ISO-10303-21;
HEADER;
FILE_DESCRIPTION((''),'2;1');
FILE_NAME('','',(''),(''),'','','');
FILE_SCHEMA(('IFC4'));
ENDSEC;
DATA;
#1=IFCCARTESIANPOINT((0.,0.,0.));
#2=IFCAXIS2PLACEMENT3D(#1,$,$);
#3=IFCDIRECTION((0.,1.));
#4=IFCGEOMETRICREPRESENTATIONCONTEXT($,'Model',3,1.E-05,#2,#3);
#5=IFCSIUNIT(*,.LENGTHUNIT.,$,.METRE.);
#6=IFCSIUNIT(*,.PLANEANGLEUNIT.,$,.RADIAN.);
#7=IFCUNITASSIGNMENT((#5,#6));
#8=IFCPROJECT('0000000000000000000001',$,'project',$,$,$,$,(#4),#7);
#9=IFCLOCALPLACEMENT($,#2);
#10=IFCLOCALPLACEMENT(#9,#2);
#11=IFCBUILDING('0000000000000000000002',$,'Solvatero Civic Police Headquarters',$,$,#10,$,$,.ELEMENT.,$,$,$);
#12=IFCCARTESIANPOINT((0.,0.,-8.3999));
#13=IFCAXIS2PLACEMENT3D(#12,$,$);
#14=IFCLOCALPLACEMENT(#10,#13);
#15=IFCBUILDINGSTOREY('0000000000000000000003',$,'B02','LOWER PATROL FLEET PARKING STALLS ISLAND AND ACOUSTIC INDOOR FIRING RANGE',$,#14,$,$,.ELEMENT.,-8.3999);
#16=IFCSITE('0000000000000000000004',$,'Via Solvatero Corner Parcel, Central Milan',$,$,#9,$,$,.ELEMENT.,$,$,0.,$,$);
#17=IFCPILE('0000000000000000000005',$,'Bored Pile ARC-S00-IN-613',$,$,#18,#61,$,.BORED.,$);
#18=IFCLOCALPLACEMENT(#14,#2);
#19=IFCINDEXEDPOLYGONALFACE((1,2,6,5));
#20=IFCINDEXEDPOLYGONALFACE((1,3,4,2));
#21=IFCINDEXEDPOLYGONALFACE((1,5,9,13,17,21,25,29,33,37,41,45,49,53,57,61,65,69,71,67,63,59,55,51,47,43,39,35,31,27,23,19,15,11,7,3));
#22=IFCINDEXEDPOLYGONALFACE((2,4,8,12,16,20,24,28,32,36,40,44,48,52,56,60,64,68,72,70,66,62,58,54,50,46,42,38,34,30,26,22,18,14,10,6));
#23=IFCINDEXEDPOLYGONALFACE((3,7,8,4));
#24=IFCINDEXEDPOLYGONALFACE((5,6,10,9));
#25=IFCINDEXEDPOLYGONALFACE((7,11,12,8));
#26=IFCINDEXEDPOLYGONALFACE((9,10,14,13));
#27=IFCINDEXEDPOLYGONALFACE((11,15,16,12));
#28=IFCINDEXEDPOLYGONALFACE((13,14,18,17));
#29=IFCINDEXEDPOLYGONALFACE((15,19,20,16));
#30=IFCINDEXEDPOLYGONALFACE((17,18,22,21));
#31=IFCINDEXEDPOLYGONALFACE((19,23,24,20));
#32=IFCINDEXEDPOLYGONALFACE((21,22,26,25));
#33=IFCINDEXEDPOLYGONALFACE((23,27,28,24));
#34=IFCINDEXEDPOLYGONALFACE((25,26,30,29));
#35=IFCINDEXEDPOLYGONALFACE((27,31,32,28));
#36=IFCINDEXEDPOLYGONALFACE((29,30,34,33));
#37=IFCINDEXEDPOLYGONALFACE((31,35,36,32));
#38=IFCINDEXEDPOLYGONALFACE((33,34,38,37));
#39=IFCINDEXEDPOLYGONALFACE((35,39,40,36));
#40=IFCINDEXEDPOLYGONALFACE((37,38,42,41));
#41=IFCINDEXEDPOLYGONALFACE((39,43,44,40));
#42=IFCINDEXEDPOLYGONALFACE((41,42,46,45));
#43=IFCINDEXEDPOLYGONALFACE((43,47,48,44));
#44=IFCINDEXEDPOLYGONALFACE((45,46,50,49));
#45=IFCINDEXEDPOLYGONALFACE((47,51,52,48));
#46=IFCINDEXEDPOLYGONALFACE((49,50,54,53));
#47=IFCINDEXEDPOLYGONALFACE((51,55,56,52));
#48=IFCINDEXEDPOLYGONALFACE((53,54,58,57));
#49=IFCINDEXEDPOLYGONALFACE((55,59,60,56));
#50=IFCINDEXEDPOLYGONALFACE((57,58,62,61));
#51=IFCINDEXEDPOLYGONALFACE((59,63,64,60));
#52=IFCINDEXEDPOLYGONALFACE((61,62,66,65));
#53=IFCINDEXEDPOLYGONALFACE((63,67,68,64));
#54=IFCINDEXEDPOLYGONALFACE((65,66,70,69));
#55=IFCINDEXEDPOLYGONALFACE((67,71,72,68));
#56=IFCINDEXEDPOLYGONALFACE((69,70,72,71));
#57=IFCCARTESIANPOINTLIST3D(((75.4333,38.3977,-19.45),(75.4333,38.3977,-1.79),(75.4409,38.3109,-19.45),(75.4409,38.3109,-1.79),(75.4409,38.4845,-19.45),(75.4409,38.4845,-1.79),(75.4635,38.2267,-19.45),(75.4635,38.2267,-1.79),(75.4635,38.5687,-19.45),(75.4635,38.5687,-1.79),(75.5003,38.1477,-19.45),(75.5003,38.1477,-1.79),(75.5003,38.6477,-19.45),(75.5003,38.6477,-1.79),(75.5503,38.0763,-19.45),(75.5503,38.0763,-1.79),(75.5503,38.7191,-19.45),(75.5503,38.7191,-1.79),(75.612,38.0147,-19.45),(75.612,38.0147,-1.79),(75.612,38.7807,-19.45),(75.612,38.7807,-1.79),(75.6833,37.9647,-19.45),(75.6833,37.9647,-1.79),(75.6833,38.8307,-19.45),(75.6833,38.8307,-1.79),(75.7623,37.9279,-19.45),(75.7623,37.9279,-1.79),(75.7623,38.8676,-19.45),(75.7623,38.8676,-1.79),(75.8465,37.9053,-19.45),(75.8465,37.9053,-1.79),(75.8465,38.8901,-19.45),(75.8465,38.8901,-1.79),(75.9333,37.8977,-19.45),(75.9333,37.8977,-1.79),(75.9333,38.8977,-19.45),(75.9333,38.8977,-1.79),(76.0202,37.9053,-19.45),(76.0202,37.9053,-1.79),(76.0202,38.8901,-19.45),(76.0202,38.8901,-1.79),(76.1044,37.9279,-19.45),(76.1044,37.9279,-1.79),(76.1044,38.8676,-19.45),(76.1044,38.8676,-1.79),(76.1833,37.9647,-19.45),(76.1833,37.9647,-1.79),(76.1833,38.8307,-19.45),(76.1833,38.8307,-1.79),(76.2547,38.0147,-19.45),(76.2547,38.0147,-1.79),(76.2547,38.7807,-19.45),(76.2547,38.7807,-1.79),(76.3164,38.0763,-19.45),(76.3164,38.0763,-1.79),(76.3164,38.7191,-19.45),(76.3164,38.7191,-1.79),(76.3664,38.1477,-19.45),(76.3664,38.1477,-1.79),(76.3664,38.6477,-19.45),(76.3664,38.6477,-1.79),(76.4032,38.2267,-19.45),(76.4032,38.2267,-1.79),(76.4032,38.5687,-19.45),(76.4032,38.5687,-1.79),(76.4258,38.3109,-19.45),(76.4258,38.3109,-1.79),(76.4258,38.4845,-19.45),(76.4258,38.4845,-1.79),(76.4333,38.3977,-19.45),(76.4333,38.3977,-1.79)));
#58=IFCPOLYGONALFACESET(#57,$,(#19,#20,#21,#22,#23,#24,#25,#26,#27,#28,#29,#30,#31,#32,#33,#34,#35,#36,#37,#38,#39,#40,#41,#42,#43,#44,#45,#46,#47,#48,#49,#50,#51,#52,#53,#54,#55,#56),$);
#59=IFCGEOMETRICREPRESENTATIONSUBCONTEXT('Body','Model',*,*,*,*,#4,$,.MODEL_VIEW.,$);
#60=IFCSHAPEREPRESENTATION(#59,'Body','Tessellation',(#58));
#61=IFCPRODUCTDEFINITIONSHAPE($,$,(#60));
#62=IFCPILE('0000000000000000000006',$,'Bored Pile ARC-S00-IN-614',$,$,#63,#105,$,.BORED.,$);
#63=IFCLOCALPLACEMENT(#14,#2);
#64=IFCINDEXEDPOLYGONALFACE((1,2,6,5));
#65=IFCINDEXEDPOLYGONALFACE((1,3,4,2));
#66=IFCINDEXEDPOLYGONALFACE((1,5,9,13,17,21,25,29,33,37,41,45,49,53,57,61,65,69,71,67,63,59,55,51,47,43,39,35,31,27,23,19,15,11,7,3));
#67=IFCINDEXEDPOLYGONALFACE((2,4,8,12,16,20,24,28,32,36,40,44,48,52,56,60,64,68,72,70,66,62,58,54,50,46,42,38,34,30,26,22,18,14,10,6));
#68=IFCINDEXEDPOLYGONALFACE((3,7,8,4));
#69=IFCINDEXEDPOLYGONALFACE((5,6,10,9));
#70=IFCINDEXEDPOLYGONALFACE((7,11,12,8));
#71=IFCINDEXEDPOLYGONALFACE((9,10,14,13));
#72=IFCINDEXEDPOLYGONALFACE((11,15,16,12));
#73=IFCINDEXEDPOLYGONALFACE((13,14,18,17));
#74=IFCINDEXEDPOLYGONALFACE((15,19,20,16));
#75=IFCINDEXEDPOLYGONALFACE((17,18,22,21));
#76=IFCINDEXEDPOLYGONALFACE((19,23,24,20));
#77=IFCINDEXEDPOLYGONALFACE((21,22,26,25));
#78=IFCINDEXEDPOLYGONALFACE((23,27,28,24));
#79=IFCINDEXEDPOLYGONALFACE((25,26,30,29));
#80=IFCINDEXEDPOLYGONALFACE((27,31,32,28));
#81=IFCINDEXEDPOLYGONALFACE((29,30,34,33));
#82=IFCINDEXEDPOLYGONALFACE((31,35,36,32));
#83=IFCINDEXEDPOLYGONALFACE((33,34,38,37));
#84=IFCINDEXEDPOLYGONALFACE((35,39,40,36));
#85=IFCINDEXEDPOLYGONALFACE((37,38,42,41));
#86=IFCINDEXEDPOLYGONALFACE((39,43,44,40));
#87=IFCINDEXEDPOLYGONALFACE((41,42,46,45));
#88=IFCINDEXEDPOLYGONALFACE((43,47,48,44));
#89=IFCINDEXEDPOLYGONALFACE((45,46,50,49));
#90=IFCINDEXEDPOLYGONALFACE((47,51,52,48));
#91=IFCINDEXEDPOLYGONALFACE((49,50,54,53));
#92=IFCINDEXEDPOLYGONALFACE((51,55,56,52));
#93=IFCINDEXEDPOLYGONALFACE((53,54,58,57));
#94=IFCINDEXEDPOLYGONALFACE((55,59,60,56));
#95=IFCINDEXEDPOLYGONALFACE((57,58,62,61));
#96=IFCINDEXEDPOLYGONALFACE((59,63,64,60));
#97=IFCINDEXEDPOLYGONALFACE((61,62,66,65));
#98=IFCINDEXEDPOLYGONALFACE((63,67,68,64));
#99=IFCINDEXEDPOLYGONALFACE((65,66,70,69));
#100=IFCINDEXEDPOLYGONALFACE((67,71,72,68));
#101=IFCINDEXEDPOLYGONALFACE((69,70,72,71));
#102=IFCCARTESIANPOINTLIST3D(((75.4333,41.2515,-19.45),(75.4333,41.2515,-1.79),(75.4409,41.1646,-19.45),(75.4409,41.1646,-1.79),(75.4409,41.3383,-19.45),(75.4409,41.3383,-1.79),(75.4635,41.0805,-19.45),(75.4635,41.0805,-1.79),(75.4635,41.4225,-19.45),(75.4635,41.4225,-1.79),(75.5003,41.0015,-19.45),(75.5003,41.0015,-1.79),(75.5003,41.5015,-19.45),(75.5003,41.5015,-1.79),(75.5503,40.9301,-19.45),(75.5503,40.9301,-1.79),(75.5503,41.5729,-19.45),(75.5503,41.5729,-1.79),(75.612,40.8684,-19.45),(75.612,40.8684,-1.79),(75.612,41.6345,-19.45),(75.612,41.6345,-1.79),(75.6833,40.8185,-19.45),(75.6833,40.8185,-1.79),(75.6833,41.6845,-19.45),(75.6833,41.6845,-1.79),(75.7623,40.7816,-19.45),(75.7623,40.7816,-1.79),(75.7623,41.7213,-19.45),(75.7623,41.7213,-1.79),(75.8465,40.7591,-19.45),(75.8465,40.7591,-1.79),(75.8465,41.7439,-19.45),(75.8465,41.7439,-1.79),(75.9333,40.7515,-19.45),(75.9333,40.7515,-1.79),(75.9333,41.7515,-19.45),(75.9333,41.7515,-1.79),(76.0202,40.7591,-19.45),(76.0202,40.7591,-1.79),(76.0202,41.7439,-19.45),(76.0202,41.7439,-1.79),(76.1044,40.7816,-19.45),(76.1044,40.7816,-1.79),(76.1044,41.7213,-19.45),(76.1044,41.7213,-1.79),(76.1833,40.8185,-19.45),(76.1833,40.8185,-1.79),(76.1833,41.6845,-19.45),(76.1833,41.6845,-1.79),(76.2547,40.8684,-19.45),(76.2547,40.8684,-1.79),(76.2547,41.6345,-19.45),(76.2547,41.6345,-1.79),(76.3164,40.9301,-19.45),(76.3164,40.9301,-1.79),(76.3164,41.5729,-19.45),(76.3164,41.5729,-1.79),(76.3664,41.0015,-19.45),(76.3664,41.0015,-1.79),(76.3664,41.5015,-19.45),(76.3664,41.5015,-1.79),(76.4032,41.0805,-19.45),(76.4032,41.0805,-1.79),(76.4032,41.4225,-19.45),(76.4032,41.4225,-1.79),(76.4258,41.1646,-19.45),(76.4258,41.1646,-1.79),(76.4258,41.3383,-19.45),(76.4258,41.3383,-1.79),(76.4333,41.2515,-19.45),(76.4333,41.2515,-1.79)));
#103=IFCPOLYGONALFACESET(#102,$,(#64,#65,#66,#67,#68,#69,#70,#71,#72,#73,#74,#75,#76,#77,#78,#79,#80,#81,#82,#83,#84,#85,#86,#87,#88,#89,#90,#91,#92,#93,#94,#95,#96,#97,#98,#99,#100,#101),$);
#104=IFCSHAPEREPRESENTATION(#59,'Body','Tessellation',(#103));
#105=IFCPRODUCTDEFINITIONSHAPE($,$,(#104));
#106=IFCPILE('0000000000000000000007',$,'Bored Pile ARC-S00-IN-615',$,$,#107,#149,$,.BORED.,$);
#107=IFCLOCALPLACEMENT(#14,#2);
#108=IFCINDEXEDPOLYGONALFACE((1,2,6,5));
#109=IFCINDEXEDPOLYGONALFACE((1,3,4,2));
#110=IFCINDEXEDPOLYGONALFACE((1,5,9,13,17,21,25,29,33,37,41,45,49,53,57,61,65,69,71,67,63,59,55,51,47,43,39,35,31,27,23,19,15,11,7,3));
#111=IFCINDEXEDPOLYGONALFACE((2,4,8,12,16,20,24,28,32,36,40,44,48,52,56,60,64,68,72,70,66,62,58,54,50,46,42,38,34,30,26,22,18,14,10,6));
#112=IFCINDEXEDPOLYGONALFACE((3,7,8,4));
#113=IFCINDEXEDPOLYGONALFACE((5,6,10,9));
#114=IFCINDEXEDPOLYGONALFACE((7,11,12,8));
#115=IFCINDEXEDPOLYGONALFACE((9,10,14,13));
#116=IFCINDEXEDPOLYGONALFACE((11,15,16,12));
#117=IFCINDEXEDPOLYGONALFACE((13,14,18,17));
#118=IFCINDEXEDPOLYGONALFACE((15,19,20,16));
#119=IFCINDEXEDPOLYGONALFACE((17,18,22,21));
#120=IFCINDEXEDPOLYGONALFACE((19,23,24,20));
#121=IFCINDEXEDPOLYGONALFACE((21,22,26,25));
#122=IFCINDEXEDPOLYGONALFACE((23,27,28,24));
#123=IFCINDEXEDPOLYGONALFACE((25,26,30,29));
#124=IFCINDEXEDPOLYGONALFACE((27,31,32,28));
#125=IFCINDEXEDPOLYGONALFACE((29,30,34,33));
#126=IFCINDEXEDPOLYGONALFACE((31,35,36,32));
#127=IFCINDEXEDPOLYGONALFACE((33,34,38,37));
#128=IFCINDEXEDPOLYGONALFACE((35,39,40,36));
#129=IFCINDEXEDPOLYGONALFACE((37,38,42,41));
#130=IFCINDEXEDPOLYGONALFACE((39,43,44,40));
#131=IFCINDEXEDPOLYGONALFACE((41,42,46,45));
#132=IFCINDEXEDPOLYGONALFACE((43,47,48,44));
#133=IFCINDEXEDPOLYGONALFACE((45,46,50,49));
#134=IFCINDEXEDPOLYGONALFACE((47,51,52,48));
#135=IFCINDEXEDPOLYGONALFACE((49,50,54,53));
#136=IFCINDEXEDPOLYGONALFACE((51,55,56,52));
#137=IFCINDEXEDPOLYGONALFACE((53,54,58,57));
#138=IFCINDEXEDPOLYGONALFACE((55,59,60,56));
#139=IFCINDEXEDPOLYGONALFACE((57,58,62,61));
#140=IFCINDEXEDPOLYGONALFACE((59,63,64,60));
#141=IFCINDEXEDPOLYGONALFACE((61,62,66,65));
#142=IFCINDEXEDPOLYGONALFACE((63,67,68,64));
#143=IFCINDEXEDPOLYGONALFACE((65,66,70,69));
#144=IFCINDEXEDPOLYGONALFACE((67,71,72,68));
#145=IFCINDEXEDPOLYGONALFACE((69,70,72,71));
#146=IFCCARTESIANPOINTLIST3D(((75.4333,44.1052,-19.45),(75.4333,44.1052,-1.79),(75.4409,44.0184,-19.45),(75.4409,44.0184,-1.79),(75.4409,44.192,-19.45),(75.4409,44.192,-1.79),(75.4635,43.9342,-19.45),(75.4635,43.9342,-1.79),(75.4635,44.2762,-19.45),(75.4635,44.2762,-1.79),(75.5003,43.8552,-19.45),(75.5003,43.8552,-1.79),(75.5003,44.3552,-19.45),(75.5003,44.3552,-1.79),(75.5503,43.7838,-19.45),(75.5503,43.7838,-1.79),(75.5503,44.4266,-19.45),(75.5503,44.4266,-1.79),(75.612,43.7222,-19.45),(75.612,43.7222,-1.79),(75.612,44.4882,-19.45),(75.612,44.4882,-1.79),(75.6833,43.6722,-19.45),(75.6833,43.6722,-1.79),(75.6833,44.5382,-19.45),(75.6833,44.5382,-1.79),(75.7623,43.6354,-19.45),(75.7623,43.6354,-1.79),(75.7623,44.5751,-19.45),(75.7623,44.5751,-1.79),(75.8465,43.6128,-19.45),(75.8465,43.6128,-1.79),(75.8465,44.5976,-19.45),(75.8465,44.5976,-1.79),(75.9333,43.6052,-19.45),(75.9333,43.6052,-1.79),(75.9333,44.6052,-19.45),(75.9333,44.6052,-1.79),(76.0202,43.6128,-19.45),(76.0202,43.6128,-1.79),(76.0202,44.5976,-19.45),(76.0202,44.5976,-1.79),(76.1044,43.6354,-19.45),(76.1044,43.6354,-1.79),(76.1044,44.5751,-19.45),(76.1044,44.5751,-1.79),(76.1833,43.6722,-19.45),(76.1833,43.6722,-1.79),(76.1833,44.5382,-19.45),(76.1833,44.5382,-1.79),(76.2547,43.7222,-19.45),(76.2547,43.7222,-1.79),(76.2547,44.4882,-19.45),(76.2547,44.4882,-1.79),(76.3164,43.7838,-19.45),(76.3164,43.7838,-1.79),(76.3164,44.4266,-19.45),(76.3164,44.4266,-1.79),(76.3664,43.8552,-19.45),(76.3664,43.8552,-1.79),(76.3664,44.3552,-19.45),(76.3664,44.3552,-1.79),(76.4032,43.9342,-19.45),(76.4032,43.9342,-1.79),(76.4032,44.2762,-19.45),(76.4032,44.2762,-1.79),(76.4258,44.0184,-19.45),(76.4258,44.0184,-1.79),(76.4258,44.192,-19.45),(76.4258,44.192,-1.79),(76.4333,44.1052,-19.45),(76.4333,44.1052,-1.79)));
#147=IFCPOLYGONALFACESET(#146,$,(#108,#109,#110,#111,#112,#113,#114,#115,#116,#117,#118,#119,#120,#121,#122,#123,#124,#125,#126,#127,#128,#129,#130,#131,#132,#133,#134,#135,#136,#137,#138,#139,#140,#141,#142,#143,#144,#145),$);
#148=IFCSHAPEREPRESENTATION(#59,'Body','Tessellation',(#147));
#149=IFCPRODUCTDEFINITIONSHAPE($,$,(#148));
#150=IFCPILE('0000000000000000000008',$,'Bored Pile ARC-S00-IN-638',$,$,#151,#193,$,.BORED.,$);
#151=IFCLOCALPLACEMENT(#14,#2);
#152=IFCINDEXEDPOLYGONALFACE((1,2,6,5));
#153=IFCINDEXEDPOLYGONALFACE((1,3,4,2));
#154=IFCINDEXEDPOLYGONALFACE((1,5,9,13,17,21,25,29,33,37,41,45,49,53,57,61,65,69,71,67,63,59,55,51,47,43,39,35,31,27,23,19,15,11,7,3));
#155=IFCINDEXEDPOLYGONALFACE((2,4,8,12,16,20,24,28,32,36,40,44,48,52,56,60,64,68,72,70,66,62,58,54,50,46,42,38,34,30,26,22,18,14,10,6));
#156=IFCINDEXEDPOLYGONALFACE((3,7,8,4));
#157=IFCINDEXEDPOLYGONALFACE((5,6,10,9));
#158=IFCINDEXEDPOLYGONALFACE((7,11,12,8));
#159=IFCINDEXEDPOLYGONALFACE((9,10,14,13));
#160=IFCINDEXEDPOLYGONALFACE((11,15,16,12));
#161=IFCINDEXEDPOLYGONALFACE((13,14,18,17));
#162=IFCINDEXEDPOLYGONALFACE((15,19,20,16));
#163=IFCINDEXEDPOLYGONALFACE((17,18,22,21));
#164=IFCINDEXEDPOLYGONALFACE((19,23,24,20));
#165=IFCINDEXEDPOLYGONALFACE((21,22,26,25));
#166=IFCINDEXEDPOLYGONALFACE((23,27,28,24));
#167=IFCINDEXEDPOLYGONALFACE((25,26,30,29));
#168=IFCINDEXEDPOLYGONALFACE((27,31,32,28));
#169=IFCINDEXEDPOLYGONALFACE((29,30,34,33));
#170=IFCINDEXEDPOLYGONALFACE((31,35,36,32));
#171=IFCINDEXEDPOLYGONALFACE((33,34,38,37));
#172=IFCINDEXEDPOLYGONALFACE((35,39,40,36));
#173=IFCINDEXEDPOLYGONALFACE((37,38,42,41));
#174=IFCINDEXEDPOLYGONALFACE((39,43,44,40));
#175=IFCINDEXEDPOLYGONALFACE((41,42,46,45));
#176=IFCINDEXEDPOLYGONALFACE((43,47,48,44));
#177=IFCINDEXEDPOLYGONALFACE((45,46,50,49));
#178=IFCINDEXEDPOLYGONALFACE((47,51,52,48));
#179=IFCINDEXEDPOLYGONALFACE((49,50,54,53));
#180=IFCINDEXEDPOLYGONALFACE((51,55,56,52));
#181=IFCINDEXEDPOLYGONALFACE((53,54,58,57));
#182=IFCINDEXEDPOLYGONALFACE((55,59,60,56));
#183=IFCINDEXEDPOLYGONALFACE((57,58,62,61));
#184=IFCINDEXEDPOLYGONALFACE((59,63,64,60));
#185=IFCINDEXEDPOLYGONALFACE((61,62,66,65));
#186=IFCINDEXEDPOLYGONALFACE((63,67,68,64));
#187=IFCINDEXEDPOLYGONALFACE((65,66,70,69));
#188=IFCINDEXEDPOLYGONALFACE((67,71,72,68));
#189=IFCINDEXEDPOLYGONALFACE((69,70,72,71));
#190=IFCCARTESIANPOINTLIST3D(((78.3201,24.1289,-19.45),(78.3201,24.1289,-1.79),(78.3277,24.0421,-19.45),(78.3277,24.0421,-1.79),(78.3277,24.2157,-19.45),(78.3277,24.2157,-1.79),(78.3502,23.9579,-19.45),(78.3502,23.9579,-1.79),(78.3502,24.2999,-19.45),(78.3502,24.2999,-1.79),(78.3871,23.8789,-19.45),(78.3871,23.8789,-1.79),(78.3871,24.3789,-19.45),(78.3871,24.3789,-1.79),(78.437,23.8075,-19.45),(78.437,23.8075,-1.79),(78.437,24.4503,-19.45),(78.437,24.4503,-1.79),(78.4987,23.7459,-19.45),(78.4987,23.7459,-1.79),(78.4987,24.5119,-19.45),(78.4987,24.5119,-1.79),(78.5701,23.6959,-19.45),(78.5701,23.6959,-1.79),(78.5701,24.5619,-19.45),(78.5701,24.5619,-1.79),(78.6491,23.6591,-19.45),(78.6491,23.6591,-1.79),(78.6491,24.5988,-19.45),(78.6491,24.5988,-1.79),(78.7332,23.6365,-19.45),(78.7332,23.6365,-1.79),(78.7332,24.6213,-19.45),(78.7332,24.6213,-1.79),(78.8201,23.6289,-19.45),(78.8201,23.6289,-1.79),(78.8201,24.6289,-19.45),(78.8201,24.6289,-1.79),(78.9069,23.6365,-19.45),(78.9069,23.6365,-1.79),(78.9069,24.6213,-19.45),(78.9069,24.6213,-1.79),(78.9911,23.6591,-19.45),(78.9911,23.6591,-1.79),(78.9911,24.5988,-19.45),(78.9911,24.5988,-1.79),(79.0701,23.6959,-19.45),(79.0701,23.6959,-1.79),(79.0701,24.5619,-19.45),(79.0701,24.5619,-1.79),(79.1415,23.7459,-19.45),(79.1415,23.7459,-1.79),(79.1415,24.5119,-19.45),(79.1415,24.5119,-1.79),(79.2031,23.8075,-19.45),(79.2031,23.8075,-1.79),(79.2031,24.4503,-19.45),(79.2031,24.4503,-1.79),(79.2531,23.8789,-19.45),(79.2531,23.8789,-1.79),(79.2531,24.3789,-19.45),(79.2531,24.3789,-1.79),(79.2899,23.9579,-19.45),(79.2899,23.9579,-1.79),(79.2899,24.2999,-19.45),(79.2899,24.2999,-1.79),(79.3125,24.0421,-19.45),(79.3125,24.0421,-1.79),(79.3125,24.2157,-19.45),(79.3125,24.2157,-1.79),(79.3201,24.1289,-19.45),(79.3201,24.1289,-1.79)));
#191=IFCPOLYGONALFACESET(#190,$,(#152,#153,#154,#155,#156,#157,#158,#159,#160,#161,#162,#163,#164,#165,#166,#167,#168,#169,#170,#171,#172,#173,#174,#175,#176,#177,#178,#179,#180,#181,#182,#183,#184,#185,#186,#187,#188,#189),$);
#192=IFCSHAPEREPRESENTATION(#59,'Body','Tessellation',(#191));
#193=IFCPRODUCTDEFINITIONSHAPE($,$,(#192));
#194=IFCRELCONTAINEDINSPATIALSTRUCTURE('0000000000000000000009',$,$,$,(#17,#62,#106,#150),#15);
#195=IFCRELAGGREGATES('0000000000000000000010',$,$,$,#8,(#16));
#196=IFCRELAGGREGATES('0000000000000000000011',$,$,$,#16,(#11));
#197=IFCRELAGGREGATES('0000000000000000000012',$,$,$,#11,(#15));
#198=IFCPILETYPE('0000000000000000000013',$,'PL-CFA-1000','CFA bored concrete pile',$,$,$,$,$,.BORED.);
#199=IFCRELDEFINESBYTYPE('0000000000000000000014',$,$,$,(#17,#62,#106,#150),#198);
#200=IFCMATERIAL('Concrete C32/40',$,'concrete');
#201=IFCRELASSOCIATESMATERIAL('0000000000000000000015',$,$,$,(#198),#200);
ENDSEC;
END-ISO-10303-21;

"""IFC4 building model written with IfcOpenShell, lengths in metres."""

from ifc_helpers import new_model, si_unit, direction, frame, origin, origin_2d, place, context, subcontext, project, spatial, circle, extrude, material, material_profile, profile_set, type_object, element, save


model = new_model("IFC4")

# Units and contexts
model_context = context("Model", 3, precision=1e-05, world=origin(), true_north=direction((0.0, 1.0)))
body_context = subcontext(model_context, "Body", "Model", "MODEL_VIEW")
ifc_project = project(units=[si_unit("LENGTHUNIT", "METRE"), si_unit("PLANEANGLEUNIT", "RADIAN")], contexts=[model_context])

# Site, building, storey
site_placement = place(None, origin())
site = spatial("IfcSite", under=ifc_project, at=site_placement, Name="Via Solvatero Corner Parcel, Central Milan", CompositionType="ELEMENT", RefElevation=0.0)
building_placement = place(site_placement, origin())
building = spatial("IfcBuilding", under=site, at=building_placement, Name="Solvatero Civic Police Headquarters", CompositionType="ELEMENT")
storey_placement = place(building_placement, frame((0.0, 0.0, -8.3999)))
storey = spatial("IfcBuildingStorey", under=building, at=storey_placement, Name="B02", Description="LOWER PATROL FLEET PARKING STALLS ISLAND AND ACOUSTIC INDOOR FIRING RANGE", CompositionType="ELEMENT", Elevation=-8.3999)

# Piles
ifc_material_1 = material(Name="Concrete C32/40", Category="concrete")
ifc_material_profile_1 = material_profile(ifc_material_1, circle(Radius=0.5, at=origin_2d()), Name="CFA PILE D1000")
ifc_profile_set_1 = profile_set([ifc_material_profile_1], Name="Concrete C32/40")
pile_type = type_object("IfcPileType", Name="PL-CFA-1000", Description="CFA bored concrete pile", PredefinedType="BORED", material=ifc_profile_set_1)
for number, where, z_axis, x_axis, name in (
    (1, (75.9333, 38.3977, -1.79), (0.0, 0.0, -1.0), (1.0, 0.0, 0.0), "Bored Pile ARC-S00-IN-613"),
    (2, (75.9333, 41.2515, -1.79), (0.0, 0.0, -1.0), (1.0, 0.0, 0.0), "Bored Pile ARC-S00-IN-614"),
    (3, (75.9333, 44.1052, -1.79), (0.0, 0.0, -1.0), (1.0, 0.0, 0.0), "Bored Pile ARC-S00-IN-615"),
    (4, (78.8201, 24.1289, -1.79), (0.0, 0.0, -1.0), (1.0, 0.0, 0.0), "Bored Pile ARC-S00-IN-638"),
):
    element("IfcPile", number, at=place(storey_placement, frame(where, z_axis=z_axis, x_axis=x_axis)), inside=storey, type_object=pile_type, Name=name, PredefinedType="BORED", context=body_context, shape_type="SweptSolid", body=[
        extrude(circle(Radius=0.5, at=origin_2d()), origin(), (0.0, 0.0, 1.0), 17.6599),
    ])

save(model, "model.ifc")
